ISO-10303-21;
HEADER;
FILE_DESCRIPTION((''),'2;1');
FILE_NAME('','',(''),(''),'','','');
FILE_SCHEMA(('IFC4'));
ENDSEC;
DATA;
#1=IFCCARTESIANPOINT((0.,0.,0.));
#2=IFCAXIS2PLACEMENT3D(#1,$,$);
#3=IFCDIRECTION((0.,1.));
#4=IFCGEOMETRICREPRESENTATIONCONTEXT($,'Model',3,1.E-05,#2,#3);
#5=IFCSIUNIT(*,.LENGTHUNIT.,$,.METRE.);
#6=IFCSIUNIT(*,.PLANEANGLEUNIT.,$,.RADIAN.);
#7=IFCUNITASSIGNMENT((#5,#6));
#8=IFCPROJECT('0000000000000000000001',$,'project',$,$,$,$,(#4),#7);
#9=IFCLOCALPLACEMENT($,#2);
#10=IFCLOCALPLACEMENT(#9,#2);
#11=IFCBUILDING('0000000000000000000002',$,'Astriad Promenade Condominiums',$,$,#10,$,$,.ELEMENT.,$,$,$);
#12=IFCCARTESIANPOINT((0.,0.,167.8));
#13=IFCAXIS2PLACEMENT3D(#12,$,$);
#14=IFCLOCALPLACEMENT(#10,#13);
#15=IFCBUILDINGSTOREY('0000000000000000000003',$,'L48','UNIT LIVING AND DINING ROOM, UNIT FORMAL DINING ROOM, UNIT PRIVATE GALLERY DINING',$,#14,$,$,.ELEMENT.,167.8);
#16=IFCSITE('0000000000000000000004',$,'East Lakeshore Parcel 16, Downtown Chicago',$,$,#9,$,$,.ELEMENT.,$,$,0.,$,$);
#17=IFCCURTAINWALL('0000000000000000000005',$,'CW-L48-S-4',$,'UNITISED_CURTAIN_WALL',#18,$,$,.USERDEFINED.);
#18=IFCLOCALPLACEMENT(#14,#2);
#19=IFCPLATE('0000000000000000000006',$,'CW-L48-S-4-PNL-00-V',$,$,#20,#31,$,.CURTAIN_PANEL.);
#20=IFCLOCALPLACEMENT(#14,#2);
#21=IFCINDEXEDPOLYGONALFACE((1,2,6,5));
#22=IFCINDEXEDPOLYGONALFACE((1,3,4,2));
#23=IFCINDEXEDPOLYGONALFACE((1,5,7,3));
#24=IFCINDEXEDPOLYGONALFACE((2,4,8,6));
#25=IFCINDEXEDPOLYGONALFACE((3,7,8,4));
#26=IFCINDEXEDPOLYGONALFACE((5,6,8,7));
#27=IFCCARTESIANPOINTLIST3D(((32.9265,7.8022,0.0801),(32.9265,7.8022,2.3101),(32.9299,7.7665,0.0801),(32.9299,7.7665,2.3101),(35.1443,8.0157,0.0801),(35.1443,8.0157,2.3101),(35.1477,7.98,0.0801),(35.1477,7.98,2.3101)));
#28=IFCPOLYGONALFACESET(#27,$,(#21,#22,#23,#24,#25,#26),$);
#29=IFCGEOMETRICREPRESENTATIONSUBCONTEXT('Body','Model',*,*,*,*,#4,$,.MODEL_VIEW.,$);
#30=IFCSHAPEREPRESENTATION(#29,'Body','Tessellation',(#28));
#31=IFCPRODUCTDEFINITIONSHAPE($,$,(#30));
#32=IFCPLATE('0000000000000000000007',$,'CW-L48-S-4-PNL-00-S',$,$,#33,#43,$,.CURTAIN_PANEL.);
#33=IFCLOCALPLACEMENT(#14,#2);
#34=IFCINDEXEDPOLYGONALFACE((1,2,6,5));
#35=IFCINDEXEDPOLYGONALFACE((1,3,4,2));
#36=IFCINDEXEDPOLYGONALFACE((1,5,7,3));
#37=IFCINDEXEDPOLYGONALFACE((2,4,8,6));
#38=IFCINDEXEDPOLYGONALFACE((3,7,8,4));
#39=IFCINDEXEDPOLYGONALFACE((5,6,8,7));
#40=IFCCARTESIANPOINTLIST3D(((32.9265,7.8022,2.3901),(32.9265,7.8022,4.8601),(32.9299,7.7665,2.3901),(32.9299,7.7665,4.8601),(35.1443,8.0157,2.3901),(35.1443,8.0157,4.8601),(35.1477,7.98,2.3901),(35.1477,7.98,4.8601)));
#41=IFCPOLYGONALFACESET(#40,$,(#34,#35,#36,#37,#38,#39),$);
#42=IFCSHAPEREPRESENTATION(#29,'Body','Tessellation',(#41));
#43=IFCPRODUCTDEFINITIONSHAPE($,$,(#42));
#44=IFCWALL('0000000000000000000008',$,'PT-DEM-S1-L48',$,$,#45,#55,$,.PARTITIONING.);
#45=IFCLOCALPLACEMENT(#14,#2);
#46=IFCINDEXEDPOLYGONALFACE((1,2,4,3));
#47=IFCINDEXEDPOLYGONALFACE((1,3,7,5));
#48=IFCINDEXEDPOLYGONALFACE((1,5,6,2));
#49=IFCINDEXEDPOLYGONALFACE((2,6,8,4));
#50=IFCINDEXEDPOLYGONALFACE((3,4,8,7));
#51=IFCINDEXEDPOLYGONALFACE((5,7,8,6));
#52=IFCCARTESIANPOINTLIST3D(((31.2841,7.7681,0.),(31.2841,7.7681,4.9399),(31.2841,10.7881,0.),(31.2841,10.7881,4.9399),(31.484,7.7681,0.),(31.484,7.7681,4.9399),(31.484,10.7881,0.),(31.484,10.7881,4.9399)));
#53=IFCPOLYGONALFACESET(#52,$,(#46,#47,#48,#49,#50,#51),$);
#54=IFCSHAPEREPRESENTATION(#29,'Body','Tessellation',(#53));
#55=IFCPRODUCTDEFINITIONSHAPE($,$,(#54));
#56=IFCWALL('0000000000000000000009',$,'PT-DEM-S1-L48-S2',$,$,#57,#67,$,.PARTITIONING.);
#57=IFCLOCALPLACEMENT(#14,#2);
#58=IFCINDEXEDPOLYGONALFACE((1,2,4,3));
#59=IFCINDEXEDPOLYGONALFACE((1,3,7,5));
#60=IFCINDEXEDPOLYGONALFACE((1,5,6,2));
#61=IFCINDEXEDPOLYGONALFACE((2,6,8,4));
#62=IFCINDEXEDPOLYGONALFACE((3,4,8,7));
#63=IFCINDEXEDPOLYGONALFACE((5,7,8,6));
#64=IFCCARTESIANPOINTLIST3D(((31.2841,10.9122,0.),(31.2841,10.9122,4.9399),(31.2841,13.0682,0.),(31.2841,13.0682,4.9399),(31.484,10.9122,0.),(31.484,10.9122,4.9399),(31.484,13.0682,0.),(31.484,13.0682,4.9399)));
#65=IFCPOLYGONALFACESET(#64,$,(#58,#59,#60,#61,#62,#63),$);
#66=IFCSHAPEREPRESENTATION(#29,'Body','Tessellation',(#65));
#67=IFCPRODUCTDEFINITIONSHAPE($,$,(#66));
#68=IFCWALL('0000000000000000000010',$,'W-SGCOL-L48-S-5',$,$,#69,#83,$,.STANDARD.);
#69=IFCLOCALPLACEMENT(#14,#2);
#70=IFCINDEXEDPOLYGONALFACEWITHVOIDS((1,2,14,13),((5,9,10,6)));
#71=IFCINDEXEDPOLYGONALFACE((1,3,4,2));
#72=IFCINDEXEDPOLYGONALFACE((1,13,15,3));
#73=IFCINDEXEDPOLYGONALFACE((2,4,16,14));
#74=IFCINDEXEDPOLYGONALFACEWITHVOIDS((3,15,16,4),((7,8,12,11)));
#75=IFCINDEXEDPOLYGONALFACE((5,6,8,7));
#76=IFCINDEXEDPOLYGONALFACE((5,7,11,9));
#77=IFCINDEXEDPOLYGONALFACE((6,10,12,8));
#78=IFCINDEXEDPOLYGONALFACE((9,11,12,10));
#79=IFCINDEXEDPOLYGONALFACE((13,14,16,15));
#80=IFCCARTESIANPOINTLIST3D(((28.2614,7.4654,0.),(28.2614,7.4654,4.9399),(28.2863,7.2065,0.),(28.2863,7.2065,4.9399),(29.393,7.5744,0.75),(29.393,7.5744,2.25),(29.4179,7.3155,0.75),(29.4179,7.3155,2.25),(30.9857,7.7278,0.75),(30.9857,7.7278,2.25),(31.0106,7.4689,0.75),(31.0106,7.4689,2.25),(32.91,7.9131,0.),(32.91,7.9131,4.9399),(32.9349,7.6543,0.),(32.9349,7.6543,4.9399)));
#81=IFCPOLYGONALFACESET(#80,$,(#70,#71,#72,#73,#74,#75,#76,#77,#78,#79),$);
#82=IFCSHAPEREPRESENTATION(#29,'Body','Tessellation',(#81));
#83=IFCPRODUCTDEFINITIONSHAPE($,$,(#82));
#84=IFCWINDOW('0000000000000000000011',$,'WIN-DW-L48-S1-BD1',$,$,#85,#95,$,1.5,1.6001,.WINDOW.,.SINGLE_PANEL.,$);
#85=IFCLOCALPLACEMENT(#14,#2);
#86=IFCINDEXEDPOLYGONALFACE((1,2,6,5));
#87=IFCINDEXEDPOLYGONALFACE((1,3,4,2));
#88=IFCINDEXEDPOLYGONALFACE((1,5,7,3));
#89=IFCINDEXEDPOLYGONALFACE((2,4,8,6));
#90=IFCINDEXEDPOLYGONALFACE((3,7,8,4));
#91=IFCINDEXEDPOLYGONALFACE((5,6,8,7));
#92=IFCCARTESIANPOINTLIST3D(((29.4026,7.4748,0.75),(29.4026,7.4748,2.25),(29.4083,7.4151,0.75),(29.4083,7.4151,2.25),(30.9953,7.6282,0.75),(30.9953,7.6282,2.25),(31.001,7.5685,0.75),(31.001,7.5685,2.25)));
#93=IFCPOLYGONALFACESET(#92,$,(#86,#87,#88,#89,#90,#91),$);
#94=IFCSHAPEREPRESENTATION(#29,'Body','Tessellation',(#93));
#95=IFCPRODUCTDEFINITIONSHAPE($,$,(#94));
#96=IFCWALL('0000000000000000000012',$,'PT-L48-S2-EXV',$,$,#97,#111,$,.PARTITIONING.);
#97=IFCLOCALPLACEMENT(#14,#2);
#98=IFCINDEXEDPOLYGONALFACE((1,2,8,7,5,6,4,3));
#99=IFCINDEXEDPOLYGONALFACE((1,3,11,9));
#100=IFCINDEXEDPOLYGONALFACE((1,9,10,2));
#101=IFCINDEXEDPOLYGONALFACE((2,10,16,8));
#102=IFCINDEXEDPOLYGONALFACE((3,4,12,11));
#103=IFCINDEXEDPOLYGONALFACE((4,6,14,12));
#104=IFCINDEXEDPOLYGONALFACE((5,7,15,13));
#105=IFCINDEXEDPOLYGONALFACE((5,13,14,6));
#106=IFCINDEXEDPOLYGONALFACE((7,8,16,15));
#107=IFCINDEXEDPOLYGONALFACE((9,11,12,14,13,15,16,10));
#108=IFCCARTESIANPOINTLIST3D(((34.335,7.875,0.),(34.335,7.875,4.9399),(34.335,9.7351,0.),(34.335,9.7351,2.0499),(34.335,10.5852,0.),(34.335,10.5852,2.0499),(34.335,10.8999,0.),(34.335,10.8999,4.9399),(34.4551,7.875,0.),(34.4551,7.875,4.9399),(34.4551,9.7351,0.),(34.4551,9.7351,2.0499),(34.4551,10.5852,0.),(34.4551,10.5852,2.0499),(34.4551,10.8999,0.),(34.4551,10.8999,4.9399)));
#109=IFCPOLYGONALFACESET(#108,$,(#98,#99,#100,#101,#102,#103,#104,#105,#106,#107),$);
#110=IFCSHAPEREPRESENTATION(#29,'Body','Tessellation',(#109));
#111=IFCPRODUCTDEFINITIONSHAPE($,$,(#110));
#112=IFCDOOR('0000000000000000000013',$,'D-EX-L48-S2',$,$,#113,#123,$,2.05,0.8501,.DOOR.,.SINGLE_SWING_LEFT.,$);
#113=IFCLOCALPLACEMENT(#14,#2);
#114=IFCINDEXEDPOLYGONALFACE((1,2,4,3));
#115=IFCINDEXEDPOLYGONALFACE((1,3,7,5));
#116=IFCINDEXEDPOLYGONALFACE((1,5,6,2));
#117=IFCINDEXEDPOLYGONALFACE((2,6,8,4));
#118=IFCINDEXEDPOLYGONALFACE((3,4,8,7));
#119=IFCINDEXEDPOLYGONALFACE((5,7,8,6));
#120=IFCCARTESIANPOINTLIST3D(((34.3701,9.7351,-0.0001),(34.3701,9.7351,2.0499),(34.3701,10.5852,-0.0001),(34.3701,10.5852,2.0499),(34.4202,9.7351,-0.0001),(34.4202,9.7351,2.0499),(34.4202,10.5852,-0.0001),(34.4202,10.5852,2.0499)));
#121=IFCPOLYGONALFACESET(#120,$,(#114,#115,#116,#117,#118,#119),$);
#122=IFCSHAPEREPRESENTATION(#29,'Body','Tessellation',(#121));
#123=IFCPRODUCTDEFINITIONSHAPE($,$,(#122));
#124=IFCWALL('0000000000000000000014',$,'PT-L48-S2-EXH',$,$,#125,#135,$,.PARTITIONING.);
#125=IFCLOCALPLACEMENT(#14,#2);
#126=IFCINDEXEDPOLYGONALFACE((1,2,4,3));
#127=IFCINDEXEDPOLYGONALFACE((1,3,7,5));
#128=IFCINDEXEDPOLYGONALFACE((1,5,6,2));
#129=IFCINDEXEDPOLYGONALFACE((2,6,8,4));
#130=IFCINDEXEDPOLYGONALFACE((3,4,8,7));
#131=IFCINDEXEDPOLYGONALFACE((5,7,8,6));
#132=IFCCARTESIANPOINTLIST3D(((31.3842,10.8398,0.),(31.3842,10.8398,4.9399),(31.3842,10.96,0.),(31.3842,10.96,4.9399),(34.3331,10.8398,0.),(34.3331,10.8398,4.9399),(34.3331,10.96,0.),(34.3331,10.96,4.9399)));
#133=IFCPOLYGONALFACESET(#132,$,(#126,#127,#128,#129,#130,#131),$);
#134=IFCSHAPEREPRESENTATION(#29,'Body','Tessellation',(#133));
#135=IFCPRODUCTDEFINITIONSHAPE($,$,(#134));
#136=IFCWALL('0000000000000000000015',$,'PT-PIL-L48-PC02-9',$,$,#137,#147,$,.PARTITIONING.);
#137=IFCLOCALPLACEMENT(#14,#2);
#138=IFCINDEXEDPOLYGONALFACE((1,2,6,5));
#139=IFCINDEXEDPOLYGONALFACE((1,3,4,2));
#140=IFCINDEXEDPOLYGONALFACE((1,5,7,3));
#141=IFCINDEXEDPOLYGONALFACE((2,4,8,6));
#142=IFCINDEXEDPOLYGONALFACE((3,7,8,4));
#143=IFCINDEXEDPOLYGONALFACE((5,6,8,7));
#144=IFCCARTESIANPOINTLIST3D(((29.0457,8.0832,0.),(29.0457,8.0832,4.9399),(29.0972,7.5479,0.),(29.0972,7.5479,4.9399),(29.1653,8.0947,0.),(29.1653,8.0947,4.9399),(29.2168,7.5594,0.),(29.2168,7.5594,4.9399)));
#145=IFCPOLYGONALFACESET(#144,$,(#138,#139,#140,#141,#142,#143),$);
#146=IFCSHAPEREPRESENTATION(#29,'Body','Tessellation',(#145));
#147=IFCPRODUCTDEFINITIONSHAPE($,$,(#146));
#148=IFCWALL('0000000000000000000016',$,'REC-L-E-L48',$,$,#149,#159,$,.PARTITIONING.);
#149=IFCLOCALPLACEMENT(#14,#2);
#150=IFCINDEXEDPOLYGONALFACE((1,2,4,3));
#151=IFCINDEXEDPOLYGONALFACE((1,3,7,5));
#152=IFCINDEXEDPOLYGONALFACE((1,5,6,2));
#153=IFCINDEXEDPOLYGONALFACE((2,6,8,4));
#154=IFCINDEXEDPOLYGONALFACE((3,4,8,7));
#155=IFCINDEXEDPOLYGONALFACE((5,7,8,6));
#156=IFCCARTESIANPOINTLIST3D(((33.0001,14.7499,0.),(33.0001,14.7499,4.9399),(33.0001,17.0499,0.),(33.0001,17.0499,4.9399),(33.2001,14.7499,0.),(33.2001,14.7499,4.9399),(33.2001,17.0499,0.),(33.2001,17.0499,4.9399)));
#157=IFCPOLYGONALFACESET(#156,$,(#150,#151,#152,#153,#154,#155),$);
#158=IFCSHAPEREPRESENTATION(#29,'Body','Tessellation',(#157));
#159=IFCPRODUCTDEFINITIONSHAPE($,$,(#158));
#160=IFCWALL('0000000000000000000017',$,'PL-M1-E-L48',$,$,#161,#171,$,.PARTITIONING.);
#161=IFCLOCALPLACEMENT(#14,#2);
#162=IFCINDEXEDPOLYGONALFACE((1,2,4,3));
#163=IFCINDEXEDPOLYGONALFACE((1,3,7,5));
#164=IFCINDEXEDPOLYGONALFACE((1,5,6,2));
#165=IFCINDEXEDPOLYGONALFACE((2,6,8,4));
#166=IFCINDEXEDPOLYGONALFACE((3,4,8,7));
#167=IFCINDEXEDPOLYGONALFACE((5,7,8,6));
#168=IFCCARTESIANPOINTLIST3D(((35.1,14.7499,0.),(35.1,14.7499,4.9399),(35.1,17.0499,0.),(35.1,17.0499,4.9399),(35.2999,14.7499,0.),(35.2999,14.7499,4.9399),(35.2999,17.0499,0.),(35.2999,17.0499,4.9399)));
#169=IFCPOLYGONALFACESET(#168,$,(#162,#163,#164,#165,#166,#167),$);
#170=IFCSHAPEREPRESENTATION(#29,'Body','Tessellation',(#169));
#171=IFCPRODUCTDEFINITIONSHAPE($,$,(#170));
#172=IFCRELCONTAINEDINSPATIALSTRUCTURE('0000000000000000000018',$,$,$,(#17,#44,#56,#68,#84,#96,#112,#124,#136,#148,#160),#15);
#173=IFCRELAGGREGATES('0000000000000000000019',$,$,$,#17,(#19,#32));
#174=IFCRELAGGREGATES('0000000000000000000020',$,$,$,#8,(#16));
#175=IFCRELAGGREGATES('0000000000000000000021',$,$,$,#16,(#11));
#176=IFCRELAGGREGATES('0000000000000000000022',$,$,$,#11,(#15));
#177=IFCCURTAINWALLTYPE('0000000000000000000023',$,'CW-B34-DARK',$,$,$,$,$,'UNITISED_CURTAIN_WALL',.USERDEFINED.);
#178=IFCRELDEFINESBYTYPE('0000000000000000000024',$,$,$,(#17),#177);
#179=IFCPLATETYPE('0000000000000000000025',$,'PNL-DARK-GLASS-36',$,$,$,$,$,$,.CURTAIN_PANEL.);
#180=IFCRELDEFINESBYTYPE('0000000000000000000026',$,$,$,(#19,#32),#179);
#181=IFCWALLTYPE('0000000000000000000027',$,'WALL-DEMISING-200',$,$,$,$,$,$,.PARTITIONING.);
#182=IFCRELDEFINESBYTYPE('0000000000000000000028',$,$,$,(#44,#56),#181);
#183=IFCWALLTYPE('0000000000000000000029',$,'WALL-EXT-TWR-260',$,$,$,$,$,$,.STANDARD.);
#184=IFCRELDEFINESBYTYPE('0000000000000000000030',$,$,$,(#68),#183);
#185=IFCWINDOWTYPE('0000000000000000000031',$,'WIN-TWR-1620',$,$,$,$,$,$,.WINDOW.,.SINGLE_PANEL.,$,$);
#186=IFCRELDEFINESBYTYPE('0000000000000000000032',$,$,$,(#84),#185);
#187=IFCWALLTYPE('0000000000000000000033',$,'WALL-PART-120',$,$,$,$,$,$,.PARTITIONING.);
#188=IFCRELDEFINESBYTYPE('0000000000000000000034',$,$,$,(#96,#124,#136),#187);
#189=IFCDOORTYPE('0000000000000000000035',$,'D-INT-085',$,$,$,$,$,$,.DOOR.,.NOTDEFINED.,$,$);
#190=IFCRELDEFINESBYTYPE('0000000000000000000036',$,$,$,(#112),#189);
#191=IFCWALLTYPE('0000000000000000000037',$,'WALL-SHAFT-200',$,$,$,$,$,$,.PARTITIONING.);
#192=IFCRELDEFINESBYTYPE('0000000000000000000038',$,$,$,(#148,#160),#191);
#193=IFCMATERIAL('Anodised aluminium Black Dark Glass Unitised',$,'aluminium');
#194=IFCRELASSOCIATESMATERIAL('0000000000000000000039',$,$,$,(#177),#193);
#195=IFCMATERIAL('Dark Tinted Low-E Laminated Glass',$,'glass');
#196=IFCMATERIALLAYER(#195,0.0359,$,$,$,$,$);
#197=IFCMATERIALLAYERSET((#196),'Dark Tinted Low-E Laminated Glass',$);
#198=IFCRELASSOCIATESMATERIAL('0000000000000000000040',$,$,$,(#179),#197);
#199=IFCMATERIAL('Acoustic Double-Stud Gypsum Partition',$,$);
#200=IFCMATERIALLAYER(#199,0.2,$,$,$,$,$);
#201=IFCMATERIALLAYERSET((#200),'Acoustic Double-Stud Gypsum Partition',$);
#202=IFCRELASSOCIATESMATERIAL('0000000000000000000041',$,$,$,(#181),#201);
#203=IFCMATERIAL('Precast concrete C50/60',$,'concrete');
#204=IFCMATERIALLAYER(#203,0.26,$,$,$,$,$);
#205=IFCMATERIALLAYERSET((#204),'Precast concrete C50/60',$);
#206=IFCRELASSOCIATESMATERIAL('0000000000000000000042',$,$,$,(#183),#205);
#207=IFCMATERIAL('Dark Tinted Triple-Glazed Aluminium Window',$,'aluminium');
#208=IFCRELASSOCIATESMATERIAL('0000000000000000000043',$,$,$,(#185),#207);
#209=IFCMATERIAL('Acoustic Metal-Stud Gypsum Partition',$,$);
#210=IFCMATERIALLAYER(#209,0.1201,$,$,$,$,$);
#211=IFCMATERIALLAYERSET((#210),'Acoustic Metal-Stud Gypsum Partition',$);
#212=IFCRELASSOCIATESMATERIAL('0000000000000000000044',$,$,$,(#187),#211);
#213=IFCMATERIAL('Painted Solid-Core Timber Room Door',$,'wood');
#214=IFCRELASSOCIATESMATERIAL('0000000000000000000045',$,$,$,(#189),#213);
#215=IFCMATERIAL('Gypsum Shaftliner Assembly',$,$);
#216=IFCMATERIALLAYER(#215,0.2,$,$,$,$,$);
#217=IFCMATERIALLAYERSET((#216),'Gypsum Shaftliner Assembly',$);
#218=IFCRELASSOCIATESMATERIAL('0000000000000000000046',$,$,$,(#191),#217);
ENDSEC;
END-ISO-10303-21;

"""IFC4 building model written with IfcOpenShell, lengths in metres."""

from ifc_helpers import new_model, si_unit, direction, frame, frame_2d, origin, origin_2d, place, context, subcontext, project, spatial, rectangle, extrude, source, transform, mapped, material, layer, layer_set, type_object, type_shapes, element, fill, aggregate, save


model = new_model("IFC4")

# Units and contexts
model_context = context("Model", 3, precision=1e-05, world=origin(), true_north=direction((0.0, 1.0)))
body_context = subcontext(model_context, "Body", "Model", "MODEL_VIEW")
ifc_project = project(units=[si_unit("LENGTHUNIT", "METRE"), si_unit("PLANEANGLEUNIT", "RADIAN")], contexts=[model_context])

# Site, building, storey
site_placement = place(None, origin())
site = spatial("IfcSite", under=ifc_project, at=site_placement, Name="East Lakeshore Parcel 16, Downtown Chicago", CompositionType="ELEMENT", RefElevation=0.0)
building_placement = place(site_placement, origin())
building = spatial("IfcBuilding", under=site, at=building_placement, Name="Astriad Promenade Condominiums", CompositionType="ELEMENT")
storey_placement = place(building_placement, frame((0.0, 0.0, 167.8)))
storey = spatial("IfcBuildingStorey", under=building, at=storey_placement, Name="L48", Description="UNIT LIVING AND DINING ROOM, UNIT FORMAL DINING ROOM, UNIT PRIVATE GALLERY DINING", CompositionType="ELEMENT", Elevation=167.8)

# Curtain wall, plates
ifc_material_1 = material(Name="Anodised aluminium Black Dark Glass Unitised", Category="aluminium")
curtain_wall_type = type_object("IfcCurtainWallType", Name="CW-B34-DARK", ElementType="UNITISED_CURTAIN_WALL", PredefinedType="USERDEFINED", material=ifc_material_1)
curtain_wall_placement = place(storey_placement, origin())
curtain_wall = element("IfcCurtainWall", 1, at=curtain_wall_placement, inside=storey, type_object=curtain_wall_type, Name="CW-L48-S-4", ObjectType="UNITISED_CURTAIN_WALL", PredefinedType="USERDEFINED")
ifc_material_2 = material(Name="Dark Tinted Low-E Laminated Glass", Category="glass")
ifc_layer_1 = layer(ifc_material_2, 0.0359)
ifc_layer_set_1 = layer_set([ifc_layer_1], Name="Dark Tinted Low-E Laminated Glass")
plate_type = type_object("IfcPlateType", Name="PNL-DARK-GLASS-36", PredefinedType="CURTAIN_PANEL", material=ifc_layer_set_1)
shared_shape_1 = source(origin(), body_context, "Body", "SweptSolid", [
    extrude(rectangle(XDim=2.228, YDim=0.0359, at=origin_2d()), origin(), (0.0, 0.0, 1.0), 2.23),
])
plate_1_placement = place(storey_placement, frame((34.0371, 7.8911, 0.0801), z_axis=(0.0, 0.0, 1.0), x_axis=(-0.995396, -0.095846, 0.0)))
plate_1 = element("IfcPlate", 2, at=plate_1_placement, type_object=plate_type, Name="CW-L48-S-4-PNL-00-V", PredefinedType="CURTAIN_PANEL", context=body_context, shape_type="MappedRepresentation", body=[
    mapped(shared_shape_1, transform((0.0, 0.0, 0.0), scale=1.0)),
])
shared_shape_2 = source(origin(), body_context, "Body", "SweptSolid", [
    extrude(rectangle(XDim=2.228, YDim=0.0359, at=origin_2d()), origin(), (0.0, 0.0, 1.0), 2.47),
])
type_shapes(plate_type, [shared_shape_1, shared_shape_2])
plate_2_placement = place(storey_placement, frame((34.0371, 7.8911, 2.3901), z_axis=(0.0, 0.0, 1.0), x_axis=(-0.995396, -0.095846, 0.0)))
plate_2 = element("IfcPlate", 3, at=plate_2_placement, type_object=plate_type, Name="CW-L48-S-4-PNL-00-S", PredefinedType="CURTAIN_PANEL", context=body_context, shape_type="MappedRepresentation", body=[
    mapped(shared_shape_2, transform((0.0, 0.0, 0.0), scale=1.0)),
])
aggregate(curtain_wall, [plate_1, plate_2])

# Walls
ifc_material_3 = material(Name="Acoustic Double-Stud Gypsum Partition")
ifc_layer_2 = layer(ifc_material_3, 0.2)
ifc_layer_set_2 = layer_set([ifc_layer_2], Name="Acoustic Double-Stud Gypsum Partition")
wall_type_1 = type_object("IfcWallType", Name="WALL-DEMISING-200", PredefinedType="PARTITIONING", material=ifc_layer_set_2)
wall_1_placement = place(storey_placement, frame((31.384, 7.7681, 0.0), z_axis=(0.0, 0.0, 1.0), x_axis=(0.0, 1.0, 0.0)))
element("IfcWall", 4, at=wall_1_placement, inside=storey, type_object=wall_type_1, Name="PT-DEM-S1-L48", PredefinedType="PARTITIONING", context=body_context, shape_type="SweptSolid", body=[
    extrude(rectangle(XDim=3.02, YDim=0.2, at=frame_2d((1.51, 0.0))), origin(), (0.0, 0.0, 1.0), 4.9399),
])
wall_2_placement = place(storey_placement, frame((31.384, 10.9121, 0.0), z_axis=(0.0, 0.0, 1.0), x_axis=(0.0, 1.0, 0.0)))
element("IfcWall", 5, at=wall_2_placement, inside=storey, type_object=wall_type_1, Name="PT-DEM-S1-L48-S2", PredefinedType="PARTITIONING", context=body_context, shape_type="SweptSolid", body=[
    extrude(rectangle(XDim=2.156, YDim=0.2, at=frame_2d((1.0781, 0.0))), origin(), (0.0, 0.0, 1.0), 4.9399),
])

# Wall, opening, window
ifc_material_4 = material(Name="Precast concrete C50/60", Category="concrete")
ifc_layer_3 = layer(ifc_material_4, 0.26)
ifc_layer_set_3 = layer_set([ifc_layer_3], Name="Precast concrete C50/60")
wall_type_2 = type_object("IfcWallType", Name="WALL-EXT-TWR-260", PredefinedType="STANDARD", material=ifc_layer_set_3)
wall_3_placement = place(storey_placement, frame((32.9224, 7.7837, 0.0), z_axis=(0.0, 0.0, 1.0), x_axis=(-0.995393, -0.095875, 0.0)))
wall_3 = element("IfcWall", 6, at=wall_3_placement, inside=storey, type_object=wall_type_2, Name="W-SGCOL-L48-S-5", PredefinedType="STANDARD", context=body_context, shape_type="SweptSolid", body=[
    extrude(rectangle(XDim=4.6702, YDim=0.26, at=frame_2d((2.335, 0.0))), origin(), (0.0, 0.0, 1.0), 4.9399),
])
opening_1_placement = place(wall_3_placement, frame((1.9331, 0.0, 0.75)))
opening_1 = element("IfcOpeningElement", 7, at=opening_1_placement, cuts=wall_3, PredefinedType="OPENING", context=body_context, shape_type="SweptSolid", body=[
    extrude(rectangle(XDim=1.6001, YDim=1.5, at=frame_2d((0.8, 0.75))), frame((0.0, 0.1399, 0.0), z_axis=(0.0, -1.0, 0.0), x_axis=(1.0, 0.0, 0.0)), (0.0, 0.0, 1.0), 0.28),
])
ifc_material_5 = material(Name="Dark Tinted Triple-Glazed Aluminium Window", Category="aluminium")
window_type = type_object("IfcWindowType", Name="WIN-TWR-1620", PartitioningType="SINGLE_PANEL", PredefinedType="WINDOW", material=ifc_material_5)
shared_shape_3 = source(origin(), body_context, "Body", "SweptSolid", [
    extrude(rectangle(XDim=1.6001, YDim=1.5, at=frame_2d((0.8, 0.75))), frame((0.0, 0.03, 0.0), z_axis=(0.0, -1.0, 0.0), x_axis=(1.0, 0.0, 0.0)), (0.0, 0.0, 1.0), 0.0601),
])
type_shapes(window_type, [shared_shape_3])
window_placement = place(opening_1_placement, origin())
window = element("IfcWindow", 8, at=window_placement, inside=storey, type_object=window_type, Name="WIN-DW-L48-S1-BD1", OverallHeight=1.5, OverallWidth=1.6001, PartitioningType="SINGLE_PANEL", PredefinedType="WINDOW", context=body_context, shape_type="MappedRepresentation", body=[
    mapped(shared_shape_3, transform((0.0, 0.0, 0.0), scale=1.0)),
])
fill(opening_1, window)

# Wall, opening, door
ifc_material_6 = material(Name="Acoustic Metal-Stud Gypsum Partition")
ifc_layer_4 = layer(ifc_material_6, 0.1201)
ifc_layer_set_4 = layer_set([ifc_layer_4], Name="Acoustic Metal-Stud Gypsum Partition")
wall_type_3 = type_object("IfcWallType", Name="WALL-PART-120", PredefinedType="PARTITIONING", material=ifc_layer_set_4)
wall_4_placement = place(storey_placement, frame((34.395, 7.875, 0.0), z_axis=(0.0, 0.0, 1.0), x_axis=(0.0, 1.0, 0.0)))
wall_4 = element("IfcWall", 9, at=wall_4_placement, inside=storey, type_object=wall_type_3, Name="PT-L48-S2-EXV", PredefinedType="PARTITIONING", context=body_context, shape_type="SweptSolid", body=[
    extrude(rectangle(XDim=3.0249, YDim=0.1201, at=frame_2d((1.5125, 0.0))), origin(), (0.0, 0.0, 1.0), 4.9399),
])
opening_2_placement = place(wall_4_placement, frame((1.8601, 0.0, 0.0)))
opening_2 = element("IfcOpeningElement", 10, at=opening_2_placement, cuts=wall_4, PredefinedType="OPENING", context=body_context, shape_type="SweptSolid", body=[
    extrude(rectangle(XDim=0.8501, YDim=2.05, at=frame_2d((0.425, 1.0249))), frame((0.0, 0.0701, 0.0), z_axis=(0.0, -1.0, 0.0), x_axis=(1.0, 0.0, 0.0)), (0.0, 0.0, 1.0), 0.1401),
])
ifc_material_7 = material(Name="Painted Solid-Core Timber Room Door", Category="wood")
door_type_1 = type_object("IfcDoorType", Name="D-INT-085", OperationType="NOTDEFINED", PredefinedType="DOOR", material=ifc_material_7)
shared_shape_4 = source(origin(), body_context, "Body", "SweptSolid", [
    extrude(rectangle(XDim=0.8501, YDim=2.05, at=frame_2d((0.425, 1.0249))), frame((0.0, 0.0249, 0.0), z_axis=(0.0, -1.0, 0.0), x_axis=(1.0, 0.0, 0.0)), (0.0, 0.0, 1.0), 0.05),
])
type_shapes(door_type_1, [shared_shape_4])
door_1_placement = place(opening_2_placement, origin())
door_1 = element("IfcDoor", 11, at=door_1_placement, inside=storey, type_object=door_type_1, Name="D-EX-L48-S2", OperationType="SINGLE_SWING_LEFT", OverallHeight=2.05, OverallWidth=0.8501, PredefinedType="DOOR", context=body_context, shape_type="MappedRepresentation", body=[
    mapped(shared_shape_4, transform((0.0, 0.0, 0.0), scale=1.0)),
])
fill(opening_2, door_1)

# Walls
wall_5_placement = place(storey_placement, frame((31.384, 10.8999, 0.0), z_axis=(0.0, 0.0, 1.0), x_axis=(1.0, 0.0, 0.0)))
element("IfcWall", 12, at=wall_5_placement, inside=storey, type_object=wall_type_3, Name="PT-L48-S2-EXH", PredefinedType="PARTITIONING", context=body_context, shape_type="SweptSolid", body=[
    extrude(rectangle(XDim=2.949, YDim=0.1201, at=frame_2d((1.4746, 0.0))), origin(), (0.0, 0.0, 1.0), 4.9399),
])
wall_6_placement = place(storey_placement, frame((29.1055, 8.0891, 0.0), z_axis=(0.0, 0.0, 1.0), x_axis=(0.095773, -0.995403, 0.0)))
element("IfcWall", 13, at=wall_6_placement, inside=storey, type_object=wall_type_3, Name="PT-PIL-L48-PC02-9", PredefinedType="PARTITIONING", context=body_context, shape_type="SweptSolid", body=[
    extrude(rectangle(XDim=0.5378, YDim=0.1201, at=frame_2d((0.269, 0.0))), origin(), (0.0, 0.0, 1.0), 4.9399),
])
ifc_material_8 = material(Name="Gypsum Shaftliner Assembly")
ifc_layer_5 = layer(ifc_material_8, 0.2)
ifc_layer_set_5 = layer_set([ifc_layer_5], Name="Gypsum Shaftliner Assembly")
wall_type_4 = type_object("IfcWallType", Name="WALL-SHAFT-200", PredefinedType="PARTITIONING", material=ifc_layer_set_5)
for number, where, z_axis, x_axis, name in (
    (14, (33.1001, 14.75, 0.0), (0.0, 0.0, 1.0), (0.0, 1.0, 0.0), "REC-L-E-L48"),
    (15, (35.2, 14.75, 0.0), (0.0, 0.0, 1.0), (0.0, 1.0, 0.0), "PL-M1-E-L48"),
):
    element("IfcWall", number, at=place(storey_placement, frame(where, z_axis=z_axis, x_axis=x_axis)), inside=storey, type_object=wall_type_4, Name=name, PredefinedType="PARTITIONING", context=body_context, shape_type="SweptSolid", body=[
        extrude(rectangle(XDim=2.3, YDim=0.2, at=frame_2d((1.1499, 0.0))), origin(), (0.0, 0.0, 1.0), 4.9399),
    ])

save(model, "model.ifc")
